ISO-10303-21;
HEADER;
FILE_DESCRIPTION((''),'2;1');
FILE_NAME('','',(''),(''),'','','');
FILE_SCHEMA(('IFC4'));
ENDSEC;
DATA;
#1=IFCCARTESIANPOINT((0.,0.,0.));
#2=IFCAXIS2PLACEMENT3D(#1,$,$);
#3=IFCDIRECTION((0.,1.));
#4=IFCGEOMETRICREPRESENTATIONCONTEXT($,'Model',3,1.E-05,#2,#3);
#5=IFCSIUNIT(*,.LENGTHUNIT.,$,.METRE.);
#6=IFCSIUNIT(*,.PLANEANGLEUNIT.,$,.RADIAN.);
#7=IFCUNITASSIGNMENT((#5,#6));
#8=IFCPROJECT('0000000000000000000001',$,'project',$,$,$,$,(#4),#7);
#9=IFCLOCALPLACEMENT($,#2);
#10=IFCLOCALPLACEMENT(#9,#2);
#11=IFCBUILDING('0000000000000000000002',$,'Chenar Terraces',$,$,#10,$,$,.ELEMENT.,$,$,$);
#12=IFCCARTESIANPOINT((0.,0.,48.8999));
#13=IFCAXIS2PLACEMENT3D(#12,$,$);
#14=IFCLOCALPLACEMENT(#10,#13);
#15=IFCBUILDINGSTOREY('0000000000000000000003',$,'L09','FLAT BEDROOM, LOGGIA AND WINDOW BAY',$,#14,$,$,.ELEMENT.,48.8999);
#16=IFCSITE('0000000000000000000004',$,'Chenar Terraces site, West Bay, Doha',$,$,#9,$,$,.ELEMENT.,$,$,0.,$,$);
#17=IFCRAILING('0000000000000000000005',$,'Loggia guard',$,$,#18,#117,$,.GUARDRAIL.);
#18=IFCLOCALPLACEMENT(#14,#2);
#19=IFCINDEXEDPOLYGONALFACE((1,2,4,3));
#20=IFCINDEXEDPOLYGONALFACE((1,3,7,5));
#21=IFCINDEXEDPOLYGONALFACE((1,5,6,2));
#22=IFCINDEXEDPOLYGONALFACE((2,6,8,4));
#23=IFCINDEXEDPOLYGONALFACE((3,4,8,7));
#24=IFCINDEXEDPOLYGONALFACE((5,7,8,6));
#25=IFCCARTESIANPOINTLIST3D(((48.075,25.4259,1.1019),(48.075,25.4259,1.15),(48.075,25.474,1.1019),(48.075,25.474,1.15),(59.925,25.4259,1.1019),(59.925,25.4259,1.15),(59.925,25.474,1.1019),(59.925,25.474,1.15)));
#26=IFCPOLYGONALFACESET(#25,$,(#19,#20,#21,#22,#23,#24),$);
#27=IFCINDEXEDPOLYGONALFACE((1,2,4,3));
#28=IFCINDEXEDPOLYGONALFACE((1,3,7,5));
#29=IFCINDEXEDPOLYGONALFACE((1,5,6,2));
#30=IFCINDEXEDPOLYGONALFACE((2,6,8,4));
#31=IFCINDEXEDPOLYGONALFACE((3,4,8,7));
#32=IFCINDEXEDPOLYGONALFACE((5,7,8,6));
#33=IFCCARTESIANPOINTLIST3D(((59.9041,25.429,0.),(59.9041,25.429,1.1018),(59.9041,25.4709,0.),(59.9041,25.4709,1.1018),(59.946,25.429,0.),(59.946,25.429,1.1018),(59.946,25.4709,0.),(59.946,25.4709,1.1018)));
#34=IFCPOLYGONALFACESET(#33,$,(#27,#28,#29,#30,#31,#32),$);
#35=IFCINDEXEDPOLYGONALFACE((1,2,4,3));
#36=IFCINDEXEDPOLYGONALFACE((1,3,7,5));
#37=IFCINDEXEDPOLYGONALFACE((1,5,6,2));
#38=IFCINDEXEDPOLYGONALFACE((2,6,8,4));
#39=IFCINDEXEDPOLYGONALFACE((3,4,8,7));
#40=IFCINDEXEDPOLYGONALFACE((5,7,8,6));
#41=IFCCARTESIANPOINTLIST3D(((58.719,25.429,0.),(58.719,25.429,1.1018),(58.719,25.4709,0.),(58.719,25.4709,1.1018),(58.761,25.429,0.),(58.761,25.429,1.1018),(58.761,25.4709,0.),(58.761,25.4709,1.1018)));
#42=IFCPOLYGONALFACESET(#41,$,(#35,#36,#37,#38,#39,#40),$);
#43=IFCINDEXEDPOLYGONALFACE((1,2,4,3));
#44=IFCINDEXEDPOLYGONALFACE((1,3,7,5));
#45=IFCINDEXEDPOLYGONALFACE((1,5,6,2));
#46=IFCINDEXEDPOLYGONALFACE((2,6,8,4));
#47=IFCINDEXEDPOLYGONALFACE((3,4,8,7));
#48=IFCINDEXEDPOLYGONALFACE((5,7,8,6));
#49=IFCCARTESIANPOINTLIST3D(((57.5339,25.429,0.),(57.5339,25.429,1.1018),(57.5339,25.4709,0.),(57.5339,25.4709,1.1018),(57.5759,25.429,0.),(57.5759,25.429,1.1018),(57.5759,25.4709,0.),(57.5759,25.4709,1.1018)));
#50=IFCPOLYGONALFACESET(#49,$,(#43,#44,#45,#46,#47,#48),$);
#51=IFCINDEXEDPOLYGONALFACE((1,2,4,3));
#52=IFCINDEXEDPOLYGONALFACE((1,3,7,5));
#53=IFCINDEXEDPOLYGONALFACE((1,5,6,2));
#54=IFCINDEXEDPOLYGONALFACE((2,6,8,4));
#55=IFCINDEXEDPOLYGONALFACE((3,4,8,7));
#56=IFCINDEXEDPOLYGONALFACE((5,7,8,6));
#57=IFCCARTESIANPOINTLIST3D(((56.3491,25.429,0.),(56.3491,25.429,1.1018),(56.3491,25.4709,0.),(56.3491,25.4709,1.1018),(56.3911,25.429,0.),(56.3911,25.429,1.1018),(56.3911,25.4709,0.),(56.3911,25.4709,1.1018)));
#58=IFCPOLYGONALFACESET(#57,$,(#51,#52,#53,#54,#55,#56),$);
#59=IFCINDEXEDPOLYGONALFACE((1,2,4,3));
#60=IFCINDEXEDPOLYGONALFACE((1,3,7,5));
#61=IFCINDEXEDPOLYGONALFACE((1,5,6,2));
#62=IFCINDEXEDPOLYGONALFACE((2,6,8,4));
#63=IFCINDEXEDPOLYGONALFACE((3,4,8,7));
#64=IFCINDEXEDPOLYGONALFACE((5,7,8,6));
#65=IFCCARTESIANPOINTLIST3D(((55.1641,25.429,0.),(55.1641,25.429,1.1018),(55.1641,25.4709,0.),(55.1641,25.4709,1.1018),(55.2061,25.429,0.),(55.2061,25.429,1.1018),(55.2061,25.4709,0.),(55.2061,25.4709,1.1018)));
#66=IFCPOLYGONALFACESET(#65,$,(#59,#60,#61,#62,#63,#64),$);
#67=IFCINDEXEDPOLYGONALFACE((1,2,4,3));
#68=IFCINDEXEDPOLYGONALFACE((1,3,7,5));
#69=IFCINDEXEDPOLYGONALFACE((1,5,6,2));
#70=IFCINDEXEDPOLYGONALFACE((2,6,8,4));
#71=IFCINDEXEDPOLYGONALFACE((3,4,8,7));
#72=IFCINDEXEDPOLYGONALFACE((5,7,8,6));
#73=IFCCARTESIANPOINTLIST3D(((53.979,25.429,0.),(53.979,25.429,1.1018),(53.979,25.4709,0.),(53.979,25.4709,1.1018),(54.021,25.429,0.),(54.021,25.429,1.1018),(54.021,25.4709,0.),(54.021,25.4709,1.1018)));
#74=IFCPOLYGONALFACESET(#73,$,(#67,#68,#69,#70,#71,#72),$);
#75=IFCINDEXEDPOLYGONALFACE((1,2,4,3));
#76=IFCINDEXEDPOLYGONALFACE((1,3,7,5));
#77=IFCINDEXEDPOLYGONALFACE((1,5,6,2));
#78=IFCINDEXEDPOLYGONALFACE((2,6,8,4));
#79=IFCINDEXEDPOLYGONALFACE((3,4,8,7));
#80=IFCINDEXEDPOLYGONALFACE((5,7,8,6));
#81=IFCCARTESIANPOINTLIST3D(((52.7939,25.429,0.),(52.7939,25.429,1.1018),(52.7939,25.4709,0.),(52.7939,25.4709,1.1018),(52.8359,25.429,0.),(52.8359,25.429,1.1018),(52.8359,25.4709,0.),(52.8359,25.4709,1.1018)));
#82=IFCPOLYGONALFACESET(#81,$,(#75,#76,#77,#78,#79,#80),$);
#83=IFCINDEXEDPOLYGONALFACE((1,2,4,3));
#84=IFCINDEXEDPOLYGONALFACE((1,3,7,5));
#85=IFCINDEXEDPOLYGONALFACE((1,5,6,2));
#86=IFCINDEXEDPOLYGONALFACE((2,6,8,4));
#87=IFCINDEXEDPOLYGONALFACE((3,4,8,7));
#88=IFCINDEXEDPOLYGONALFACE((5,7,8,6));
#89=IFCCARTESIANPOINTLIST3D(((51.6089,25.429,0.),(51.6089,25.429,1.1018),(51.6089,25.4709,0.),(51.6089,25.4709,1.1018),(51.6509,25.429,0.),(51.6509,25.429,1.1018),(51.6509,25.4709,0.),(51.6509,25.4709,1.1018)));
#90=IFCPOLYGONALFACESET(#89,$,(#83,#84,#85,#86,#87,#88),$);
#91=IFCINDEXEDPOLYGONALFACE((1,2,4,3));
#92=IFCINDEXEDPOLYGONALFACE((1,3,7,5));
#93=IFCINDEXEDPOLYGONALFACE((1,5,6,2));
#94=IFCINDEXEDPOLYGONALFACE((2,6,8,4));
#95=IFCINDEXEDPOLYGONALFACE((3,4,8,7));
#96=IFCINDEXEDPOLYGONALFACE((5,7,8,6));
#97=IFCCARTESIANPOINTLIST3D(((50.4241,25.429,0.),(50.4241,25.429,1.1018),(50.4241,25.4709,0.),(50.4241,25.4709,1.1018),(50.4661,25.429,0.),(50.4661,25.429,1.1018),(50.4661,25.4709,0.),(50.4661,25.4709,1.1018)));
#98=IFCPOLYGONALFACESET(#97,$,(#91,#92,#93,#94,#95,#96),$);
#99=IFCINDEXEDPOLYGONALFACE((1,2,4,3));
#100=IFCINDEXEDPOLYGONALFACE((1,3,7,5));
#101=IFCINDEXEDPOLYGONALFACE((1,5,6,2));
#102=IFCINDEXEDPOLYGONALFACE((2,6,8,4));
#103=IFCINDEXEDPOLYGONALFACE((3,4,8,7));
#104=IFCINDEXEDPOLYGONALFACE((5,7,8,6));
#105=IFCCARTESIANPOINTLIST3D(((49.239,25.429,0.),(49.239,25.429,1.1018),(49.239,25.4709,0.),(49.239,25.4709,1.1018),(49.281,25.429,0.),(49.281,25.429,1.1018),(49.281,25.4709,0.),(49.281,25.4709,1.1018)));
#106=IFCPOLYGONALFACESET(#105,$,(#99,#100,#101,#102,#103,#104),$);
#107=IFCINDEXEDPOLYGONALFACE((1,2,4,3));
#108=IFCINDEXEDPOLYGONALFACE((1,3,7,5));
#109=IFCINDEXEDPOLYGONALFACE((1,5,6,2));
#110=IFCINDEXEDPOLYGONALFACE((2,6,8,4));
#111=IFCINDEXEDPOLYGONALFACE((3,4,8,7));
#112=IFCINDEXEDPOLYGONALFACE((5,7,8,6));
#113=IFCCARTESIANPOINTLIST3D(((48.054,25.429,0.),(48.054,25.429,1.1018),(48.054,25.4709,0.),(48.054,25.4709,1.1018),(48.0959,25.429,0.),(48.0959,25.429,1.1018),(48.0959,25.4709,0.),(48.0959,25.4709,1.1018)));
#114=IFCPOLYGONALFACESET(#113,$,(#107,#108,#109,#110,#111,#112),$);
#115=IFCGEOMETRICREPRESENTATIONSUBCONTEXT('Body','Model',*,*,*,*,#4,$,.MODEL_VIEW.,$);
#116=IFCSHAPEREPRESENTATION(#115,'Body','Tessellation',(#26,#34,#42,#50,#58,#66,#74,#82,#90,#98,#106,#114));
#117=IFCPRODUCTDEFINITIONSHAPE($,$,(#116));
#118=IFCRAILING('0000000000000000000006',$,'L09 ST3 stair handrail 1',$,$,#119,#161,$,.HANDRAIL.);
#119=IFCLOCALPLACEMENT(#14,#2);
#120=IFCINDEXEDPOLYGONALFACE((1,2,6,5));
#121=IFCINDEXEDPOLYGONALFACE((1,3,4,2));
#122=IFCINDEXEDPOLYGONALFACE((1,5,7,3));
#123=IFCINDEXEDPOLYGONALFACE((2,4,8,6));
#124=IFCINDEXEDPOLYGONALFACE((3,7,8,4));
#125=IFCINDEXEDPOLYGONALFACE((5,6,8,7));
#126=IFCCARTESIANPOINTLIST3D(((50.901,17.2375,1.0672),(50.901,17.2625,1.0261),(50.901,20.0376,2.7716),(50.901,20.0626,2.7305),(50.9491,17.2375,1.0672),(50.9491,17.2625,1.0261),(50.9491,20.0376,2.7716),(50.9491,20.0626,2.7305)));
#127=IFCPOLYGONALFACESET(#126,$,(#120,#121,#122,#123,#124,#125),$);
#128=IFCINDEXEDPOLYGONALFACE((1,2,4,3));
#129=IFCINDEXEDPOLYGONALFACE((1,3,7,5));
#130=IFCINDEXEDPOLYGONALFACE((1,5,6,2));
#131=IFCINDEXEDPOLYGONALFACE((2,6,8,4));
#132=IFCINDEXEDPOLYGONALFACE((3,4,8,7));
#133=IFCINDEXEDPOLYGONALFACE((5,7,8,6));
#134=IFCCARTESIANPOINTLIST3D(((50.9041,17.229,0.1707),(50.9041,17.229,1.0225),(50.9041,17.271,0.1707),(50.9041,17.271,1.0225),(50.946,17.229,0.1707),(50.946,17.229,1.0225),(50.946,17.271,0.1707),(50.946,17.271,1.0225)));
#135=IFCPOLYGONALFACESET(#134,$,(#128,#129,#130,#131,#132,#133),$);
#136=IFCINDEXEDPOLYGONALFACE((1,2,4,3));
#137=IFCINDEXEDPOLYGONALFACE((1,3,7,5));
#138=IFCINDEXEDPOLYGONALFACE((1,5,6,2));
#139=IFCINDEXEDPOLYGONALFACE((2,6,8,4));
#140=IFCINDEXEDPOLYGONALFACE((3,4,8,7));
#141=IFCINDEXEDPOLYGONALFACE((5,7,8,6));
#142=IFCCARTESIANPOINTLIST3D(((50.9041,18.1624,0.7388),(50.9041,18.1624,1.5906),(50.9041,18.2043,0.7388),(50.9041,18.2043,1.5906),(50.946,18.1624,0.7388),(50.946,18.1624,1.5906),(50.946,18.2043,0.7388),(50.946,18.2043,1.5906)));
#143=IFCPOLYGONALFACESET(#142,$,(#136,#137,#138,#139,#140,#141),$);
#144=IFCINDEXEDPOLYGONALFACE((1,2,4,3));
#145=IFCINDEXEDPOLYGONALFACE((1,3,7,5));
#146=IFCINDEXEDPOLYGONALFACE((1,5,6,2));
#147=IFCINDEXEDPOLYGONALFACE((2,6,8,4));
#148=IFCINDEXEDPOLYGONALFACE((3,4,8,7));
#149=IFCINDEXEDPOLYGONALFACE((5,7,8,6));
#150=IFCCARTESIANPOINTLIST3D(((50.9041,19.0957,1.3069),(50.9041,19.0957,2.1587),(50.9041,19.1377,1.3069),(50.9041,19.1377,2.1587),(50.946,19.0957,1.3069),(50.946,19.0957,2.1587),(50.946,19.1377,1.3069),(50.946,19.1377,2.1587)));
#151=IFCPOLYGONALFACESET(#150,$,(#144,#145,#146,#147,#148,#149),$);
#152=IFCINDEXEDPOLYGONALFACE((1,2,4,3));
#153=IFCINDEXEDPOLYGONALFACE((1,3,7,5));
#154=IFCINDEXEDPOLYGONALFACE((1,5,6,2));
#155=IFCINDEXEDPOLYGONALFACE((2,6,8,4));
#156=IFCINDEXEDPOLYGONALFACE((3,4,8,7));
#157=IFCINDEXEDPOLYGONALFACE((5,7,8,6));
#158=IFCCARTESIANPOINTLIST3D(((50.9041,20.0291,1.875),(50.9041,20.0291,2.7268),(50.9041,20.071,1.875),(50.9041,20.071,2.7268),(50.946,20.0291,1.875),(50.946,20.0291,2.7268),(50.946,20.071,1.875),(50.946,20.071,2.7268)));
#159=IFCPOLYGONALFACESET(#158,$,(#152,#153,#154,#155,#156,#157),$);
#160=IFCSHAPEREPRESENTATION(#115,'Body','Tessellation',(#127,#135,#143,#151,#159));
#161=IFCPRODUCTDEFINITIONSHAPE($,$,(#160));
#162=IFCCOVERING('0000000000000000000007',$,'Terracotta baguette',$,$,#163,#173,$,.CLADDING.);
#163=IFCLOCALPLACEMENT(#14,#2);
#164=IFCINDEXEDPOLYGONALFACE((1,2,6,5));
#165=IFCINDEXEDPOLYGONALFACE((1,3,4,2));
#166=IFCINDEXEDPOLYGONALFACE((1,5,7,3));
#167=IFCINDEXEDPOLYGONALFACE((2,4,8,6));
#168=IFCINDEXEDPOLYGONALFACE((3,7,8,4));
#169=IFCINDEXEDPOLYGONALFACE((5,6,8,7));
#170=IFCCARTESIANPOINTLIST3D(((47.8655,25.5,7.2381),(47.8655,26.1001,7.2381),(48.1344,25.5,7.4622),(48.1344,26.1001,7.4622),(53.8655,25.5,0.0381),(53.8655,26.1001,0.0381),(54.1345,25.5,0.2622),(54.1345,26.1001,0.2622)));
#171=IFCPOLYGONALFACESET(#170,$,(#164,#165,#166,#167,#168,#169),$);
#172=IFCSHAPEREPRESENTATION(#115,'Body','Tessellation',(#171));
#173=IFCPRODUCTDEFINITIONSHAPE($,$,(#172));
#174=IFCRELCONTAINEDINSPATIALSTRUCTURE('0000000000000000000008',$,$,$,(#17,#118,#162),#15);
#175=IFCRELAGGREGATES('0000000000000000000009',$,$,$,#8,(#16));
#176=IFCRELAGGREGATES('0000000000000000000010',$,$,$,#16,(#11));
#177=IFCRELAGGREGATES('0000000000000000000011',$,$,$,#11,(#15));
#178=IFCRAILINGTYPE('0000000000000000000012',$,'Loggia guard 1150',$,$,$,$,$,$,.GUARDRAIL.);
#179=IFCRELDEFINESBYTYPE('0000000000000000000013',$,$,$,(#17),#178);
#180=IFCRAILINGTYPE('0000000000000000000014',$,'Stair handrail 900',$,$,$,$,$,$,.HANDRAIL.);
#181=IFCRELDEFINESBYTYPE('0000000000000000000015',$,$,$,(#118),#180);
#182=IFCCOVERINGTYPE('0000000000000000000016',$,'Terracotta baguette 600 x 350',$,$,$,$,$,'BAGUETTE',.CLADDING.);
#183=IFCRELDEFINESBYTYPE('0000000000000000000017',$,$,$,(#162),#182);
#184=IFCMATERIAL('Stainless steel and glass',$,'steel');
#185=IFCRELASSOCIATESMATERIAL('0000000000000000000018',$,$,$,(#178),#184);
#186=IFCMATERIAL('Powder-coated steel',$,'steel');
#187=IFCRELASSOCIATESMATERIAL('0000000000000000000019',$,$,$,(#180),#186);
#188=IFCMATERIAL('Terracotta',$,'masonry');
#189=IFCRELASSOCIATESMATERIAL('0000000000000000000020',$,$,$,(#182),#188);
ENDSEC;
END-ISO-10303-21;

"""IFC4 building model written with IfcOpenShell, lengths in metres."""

from ifc_helpers import new_model, si_unit, direction, frame, origin, origin_2d, place, context, subcontext, project, spatial, rectangle, extrude, material, material_profile, profile_set, type_object, element, save


model = new_model("IFC4")

# Units and contexts
model_context = context("Model", 3, precision=1e-05, world=origin(), true_north=direction((0.0, 1.0)))
body_context = subcontext(model_context, "Body", "Model", "MODEL_VIEW")
ifc_project = project(units=[si_unit("LENGTHUNIT", "METRE"), si_unit("PLANEANGLEUNIT", "RADIAN")], contexts=[model_context])

# Site, building, storey
site_placement = place(None, origin())
site = spatial("IfcSite", under=ifc_project, at=site_placement, Name="Chenar Terraces site, West Bay, Doha", CompositionType="ELEMENT", RefElevation=0.0)
building_placement = place(site_placement, origin())
building = spatial("IfcBuilding", under=site, at=building_placement, Name="Chenar Terraces", CompositionType="ELEMENT")
storey_placement = place(building_placement, frame((0.0, 0.0, 48.8999)))
storey = spatial("IfcBuildingStorey", under=building, at=storey_placement, Name="L09", Description="FLAT BEDROOM, LOGGIA AND WINDOW BAY", CompositionType="ELEMENT", Elevation=48.8999)

# Railings
ifc_material_1 = material(Name="Stainless steel and glass", Category="steel")
railing_type_1 = type_object("IfcRailingType", Name="Loggia guard 1150", PredefinedType="GUARDRAIL", material=ifc_material_1)
railing_1_placement = place(storey_placement, frame((59.925, 25.45, 0.0)))
element("IfcRailing", 1, at=railing_1_placement, inside=storey, type_object=railing_type_1, Name="Loggia guard", PredefinedType="GUARDRAIL", context=body_context, shape_type="SweptSolid", body=[
    extrude(rectangle(XDim=0.0481, YDim=0.0481, at=origin_2d()), frame((0.0, 0.0, 1.126), z_axis=(-1.0, 0.0, 0.0), x_axis=(0.0, -1.0, 0.0)), (0.0, 0.0, 1.0), 11.8501),
    extrude(rectangle(XDim=0.042, YDim=0.042, at=origin_2d()), origin(), (0.0, 0.0, 1.0), 1.1018),
    extrude(rectangle(XDim=0.042, YDim=0.042, at=origin_2d()), frame((-1.1851, 0.0, 0.0)), (0.0, 0.0, 1.0), 1.1018),
    extrude(rectangle(XDim=0.042, YDim=0.042, at=origin_2d()), frame((-2.3701, 0.0, 0.0)), (0.0, 0.0, 1.0), 1.1018),
    extrude(rectangle(XDim=0.042, YDim=0.042, at=origin_2d()), frame((-3.5549, 0.0, 0.0)), (0.0, 0.0, 1.0), 1.1018),
    extrude(rectangle(XDim=0.042, YDim=0.042, at=origin_2d()), frame((-4.74, 0.0, 0.0)), (0.0, 0.0, 1.0), 1.1018),
    extrude(rectangle(XDim=0.042, YDim=0.042, at=origin_2d()), frame((-5.925, 0.0, 0.0)), (0.0, 0.0, 1.0), 1.1018),
    extrude(rectangle(XDim=0.042, YDim=0.042, at=origin_2d()), frame((-7.1101, 0.0, 0.0)), (0.0, 0.0, 1.0), 1.1018),
    extrude(rectangle(XDim=0.042, YDim=0.042, at=origin_2d()), frame((-8.2952, 0.0, 0.0)), (0.0, 0.0, 1.0), 1.1018),
    extrude(rectangle(XDim=0.042, YDim=0.042, at=origin_2d()), frame((-9.48, 0.0, 0.0)), (0.0, 0.0, 1.0), 1.1018),
    extrude(rectangle(XDim=0.042, YDim=0.042, at=origin_2d()), frame((-10.665, 0.0, 0.0)), (0.0, 0.0, 1.0), 1.1018),
    extrude(rectangle(XDim=0.042, YDim=0.042, at=origin_2d()), frame((-11.8501, 0.0, 0.0)), (0.0, 0.0, 1.0), 1.1018),
])
ifc_material_2 = material(Name="Powder-coated steel", Category="steel")
railing_type_2 = type_object("IfcRailingType", Name="Stair handrail 900", PredefinedType="HANDRAIL", material=ifc_material_2)
railing_2_placement = place(storey_placement, frame((50.925, 17.25, 0.1707)))
element("IfcRailing", 2, at=railing_2_placement, inside=storey, type_object=railing_type_2, Name="L09 ST3 stair handrail 1", PredefinedType="HANDRAIL", context=body_context, shape_type="SweptSolid", body=[
    extrude(rectangle(XDim=0.0481, YDim=0.0481, at=origin_2d()), frame((0.0, 0.0, 0.876), z_axis=(0.0, 0.854203, 0.51994), x_axis=(-1.0, 0.0, 0.0)), (0.0, 0.0, 1.0), 3.2781),
    extrude(rectangle(XDim=0.042, YDim=0.042, at=origin_2d()), origin(), (0.0, 0.0, 1.0), 0.8518),
    extrude(rectangle(XDim=0.042, YDim=0.042, at=origin_2d()), frame((0.0, 0.9333, 0.5681)), (0.0, 0.0, 1.0), 0.8518),
    extrude(rectangle(XDim=0.042, YDim=0.042, at=origin_2d()), frame((0.0, 1.8667, 1.1362)), (0.0, 0.0, 1.0), 0.8518),
    extrude(rectangle(XDim=0.042, YDim=0.042, at=origin_2d()), frame((0.0, 2.8, 1.7043)), (0.0, 0.0, 1.0), 0.8518),
])

# Covering
ifc_material_3 = material(Name="Terracotta", Category="masonry")
ifc_material_profile_1 = material_profile(ifc_material_3, rectangle(XDim=0.6001, YDim=0.3501, at=origin_2d()), Name="Terracotta baguette 600 x 350")
ifc_profile_set_1 = profile_set([ifc_material_profile_1], Name="Terracotta")
covering_type = type_object("IfcCoveringType", Name="Terracotta baguette 600 x 350", ElementType="BAGUETTE", PredefinedType="CLADDING", material=ifc_profile_set_1)
covering_placement = place(storey_placement, frame((54.0, 25.8, 0.1501), z_axis=(-0.640187, 0.0, 0.768219), x_axis=(0.0, -1.0, 0.0)))
element("IfcCovering", 3, at=covering_placement, inside=storey, type_object=covering_type, Name="Terracotta baguette", PredefinedType="CLADDING", context=body_context, shape_type="SweptSolid", body=[
    extrude(rectangle(XDim=0.6001, YDim=0.3501, at=origin_2d()), origin(), (0.0, 0.0, 1.0), 9.3723),
])

save(model, "model.ifc")
